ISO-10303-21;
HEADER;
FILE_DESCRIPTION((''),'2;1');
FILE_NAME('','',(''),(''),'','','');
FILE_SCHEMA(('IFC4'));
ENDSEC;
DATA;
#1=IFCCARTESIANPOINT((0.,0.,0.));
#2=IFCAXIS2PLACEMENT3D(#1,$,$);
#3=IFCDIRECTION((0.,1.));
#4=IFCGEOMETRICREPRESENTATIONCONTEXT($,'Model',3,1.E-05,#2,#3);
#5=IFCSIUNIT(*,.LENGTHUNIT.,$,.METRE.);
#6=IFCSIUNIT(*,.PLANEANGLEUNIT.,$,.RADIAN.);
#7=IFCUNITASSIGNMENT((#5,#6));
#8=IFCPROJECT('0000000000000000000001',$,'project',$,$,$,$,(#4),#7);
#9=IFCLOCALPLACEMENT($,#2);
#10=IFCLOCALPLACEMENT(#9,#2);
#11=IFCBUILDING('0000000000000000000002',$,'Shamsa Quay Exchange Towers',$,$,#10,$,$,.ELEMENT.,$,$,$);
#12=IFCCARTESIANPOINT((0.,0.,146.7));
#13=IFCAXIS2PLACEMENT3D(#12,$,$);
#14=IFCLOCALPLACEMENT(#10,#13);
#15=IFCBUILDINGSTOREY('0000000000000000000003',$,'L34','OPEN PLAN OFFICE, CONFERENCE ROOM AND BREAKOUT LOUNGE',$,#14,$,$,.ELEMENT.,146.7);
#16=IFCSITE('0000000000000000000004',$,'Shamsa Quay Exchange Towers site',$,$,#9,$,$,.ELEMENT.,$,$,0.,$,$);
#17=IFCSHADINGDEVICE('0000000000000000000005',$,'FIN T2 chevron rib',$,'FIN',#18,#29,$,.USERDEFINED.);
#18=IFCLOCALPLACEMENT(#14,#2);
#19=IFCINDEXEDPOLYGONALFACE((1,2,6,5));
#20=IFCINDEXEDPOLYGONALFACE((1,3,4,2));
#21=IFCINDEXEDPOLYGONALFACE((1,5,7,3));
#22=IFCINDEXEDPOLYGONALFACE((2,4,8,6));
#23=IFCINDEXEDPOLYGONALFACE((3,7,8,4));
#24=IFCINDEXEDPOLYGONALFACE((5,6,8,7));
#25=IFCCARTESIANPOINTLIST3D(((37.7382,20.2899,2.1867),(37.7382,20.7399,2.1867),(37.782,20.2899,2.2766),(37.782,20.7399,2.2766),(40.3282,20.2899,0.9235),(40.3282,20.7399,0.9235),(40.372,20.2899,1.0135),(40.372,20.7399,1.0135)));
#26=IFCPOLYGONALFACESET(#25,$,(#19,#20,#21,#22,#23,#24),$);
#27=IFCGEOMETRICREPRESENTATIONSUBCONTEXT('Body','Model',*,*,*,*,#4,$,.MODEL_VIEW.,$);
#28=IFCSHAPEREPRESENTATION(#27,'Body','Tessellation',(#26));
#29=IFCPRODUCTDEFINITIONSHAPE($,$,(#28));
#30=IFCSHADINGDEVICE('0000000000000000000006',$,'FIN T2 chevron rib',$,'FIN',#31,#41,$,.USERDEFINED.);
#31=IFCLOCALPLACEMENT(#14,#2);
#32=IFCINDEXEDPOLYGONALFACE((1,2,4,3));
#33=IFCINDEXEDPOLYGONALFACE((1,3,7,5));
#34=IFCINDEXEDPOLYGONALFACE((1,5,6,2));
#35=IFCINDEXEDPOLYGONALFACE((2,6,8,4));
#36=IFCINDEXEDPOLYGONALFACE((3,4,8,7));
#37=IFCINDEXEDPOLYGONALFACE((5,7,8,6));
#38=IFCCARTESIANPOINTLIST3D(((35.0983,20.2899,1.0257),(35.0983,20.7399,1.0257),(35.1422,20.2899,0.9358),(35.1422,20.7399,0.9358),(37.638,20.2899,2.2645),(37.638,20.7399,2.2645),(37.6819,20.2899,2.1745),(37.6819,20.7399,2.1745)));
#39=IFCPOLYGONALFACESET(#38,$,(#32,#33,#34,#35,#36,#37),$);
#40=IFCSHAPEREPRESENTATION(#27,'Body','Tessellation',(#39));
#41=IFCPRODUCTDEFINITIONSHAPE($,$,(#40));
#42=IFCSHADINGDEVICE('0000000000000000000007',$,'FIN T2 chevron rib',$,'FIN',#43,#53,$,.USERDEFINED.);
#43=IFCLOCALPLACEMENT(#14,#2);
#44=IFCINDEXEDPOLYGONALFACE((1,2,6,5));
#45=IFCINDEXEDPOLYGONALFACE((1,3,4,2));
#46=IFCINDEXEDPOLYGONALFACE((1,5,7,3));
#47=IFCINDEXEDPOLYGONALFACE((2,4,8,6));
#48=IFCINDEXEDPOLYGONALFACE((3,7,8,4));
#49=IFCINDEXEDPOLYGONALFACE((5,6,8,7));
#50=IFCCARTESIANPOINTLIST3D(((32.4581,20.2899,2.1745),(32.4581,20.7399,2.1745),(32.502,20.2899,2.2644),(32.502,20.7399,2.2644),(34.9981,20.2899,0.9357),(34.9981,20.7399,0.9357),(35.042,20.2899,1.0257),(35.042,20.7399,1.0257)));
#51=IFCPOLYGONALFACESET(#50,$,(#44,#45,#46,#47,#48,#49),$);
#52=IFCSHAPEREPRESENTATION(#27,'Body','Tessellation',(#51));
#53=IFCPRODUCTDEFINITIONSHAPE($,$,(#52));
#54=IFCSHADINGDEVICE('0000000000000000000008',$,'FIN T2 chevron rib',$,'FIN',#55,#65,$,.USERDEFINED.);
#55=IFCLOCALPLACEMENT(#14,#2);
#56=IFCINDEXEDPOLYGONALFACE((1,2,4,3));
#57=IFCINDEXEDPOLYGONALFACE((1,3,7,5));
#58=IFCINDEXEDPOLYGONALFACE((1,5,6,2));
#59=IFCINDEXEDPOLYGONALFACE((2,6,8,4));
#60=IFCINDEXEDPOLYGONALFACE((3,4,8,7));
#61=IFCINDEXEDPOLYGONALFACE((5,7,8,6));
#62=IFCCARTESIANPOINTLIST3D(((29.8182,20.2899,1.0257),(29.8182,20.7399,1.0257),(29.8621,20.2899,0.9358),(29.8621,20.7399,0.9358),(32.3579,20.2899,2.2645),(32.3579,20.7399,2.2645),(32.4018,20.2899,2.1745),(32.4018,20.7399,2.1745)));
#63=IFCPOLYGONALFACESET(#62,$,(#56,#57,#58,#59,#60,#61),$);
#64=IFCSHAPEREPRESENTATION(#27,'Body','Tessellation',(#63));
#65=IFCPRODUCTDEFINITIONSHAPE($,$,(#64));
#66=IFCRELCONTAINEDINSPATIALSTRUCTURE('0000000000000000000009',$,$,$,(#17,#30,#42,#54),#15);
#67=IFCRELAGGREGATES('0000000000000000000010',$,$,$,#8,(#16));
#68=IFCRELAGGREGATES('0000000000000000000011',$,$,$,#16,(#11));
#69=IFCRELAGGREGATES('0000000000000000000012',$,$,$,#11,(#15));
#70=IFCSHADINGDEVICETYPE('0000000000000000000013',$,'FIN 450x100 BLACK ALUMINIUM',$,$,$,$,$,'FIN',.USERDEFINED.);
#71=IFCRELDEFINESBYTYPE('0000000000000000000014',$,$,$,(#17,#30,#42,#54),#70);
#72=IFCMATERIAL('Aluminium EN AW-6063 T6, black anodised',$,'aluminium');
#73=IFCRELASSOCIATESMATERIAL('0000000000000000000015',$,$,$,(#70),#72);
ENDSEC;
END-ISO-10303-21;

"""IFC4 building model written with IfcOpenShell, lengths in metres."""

from ifc_helpers import new_model, si_unit, direction, frame, origin, origin_2d, place, context, subcontext, project, spatial, rectangle, extrude, material, material_profile, profile_set, type_object, element, save


model = new_model("IFC4")

# Units and contexts
model_context = context("Model", 3, precision=1e-05, world=origin(), true_north=direction((0.0, 1.0)))
body_context = subcontext(model_context, "Body", "Model", "MODEL_VIEW")
ifc_project = project(units=[si_unit("LENGTHUNIT", "METRE"), si_unit("PLANEANGLEUNIT", "RADIAN")], contexts=[model_context])

# Site, building, storey
site_placement = place(None, origin())
site = spatial("IfcSite", under=ifc_project, at=site_placement, Name="Shamsa Quay Exchange Towers site", CompositionType="ELEMENT", RefElevation=0.0)
building_placement = place(site_placement, origin())
building = spatial("IfcBuilding", under=site, at=building_placement, Name="Shamsa Quay Exchange Towers", CompositionType="ELEMENT")
storey_placement = place(building_placement, frame((0.0, 0.0, 146.7)))
storey = spatial("IfcBuildingStorey", under=building, at=storey_placement, Name="L34", Description="OPEN PLAN OFFICE, CONFERENCE ROOM AND BREAKOUT LOUNGE", CompositionType="ELEMENT", Elevation=146.7)

# Shared definitions
ifc_material_1 = material(Name="Aluminium EN AW-6063 T6, black anodised", Category="aluminium")

# Shading devices
ifc_material_profile_1 = material_profile(ifc_material_1, rectangle(XDim=0.45, YDim=0.1001, at=origin_2d()), Name="FIN450x100")
ifc_profile_set_1 = profile_set([ifc_material_profile_1], Name="Aluminium EN AW-6063 T6, black anodised")
shading_device_type = type_object("IfcShadingDeviceType", Name="FIN 450x100 BLACK ALUMINIUM", ElementType="FIN", PredefinedType="USERDEFINED", material=ifc_profile_set_1)
shading_device_1_placement = place(storey_placement, frame((40.3501, 20.5149, 0.9685), z_axis=(-0.898806, 0.0, 0.438347), x_axis=(0.0, -1.0, 0.0)))
element("IfcShadingDevice", 1, at=shading_device_1_placement, inside=storey, type_object=shading_device_type, Name="FIN T2 chevron rib", ObjectType="FIN", PredefinedType="USERDEFINED", context=body_context, shape_type="SweptSolid", body=[
    extrude(rectangle(XDim=0.45, YDim=0.1001, at=origin_2d()), origin(), (0.0, 0.0, 1.0), 2.8816),
])
shading_device_2_placement = place(storey_placement, frame((37.6599, 20.5149, 2.2195), z_axis=(-0.89879, 0.0, -0.438379), x_axis=(0.0, -1.0, 0.0)))
element("IfcShadingDevice", 2, at=shading_device_2_placement, inside=storey, type_object=shading_device_type, Name="FIN T2 chevron rib", ObjectType="FIN", PredefinedType="USERDEFINED", context=body_context, shape_type="SweptSolid", body=[
    extrude(rectangle(XDim=0.45, YDim=0.1001, at=origin_2d()), origin(), (0.0, 0.0, 1.0), 2.8257),
])
shading_device_3_placement = place(storey_placement, frame((35.02, 20.5149, 0.9807), z_axis=(-0.898807, 0.0, 0.438345), x_axis=(0.0, -1.0, 0.0)))
element("IfcShadingDevice", 3, at=shading_device_3_placement, inside=storey, type_object=shading_device_type, Name="FIN T2 chevron rib", ObjectType="FIN", PredefinedType="USERDEFINED", context=body_context, shape_type="SweptSolid", body=[
    extrude(rectangle(XDim=0.45, YDim=0.1001, at=origin_2d()), origin(), (0.0, 0.0, 1.0), 2.8259),
])
shading_device_4_placement = place(storey_placement, frame((32.3799, 20.5149, 2.2195), z_axis=(-0.89879, 0.0, -0.438379), x_axis=(0.0, -1.0, 0.0)))
element("IfcShadingDevice", 4, at=shading_device_4_placement, inside=storey, type_object=shading_device_type, Name="FIN T2 chevron rib", ObjectType="FIN", PredefinedType="USERDEFINED", context=body_context, shape_type="SweptSolid", body=[
    extrude(rectangle(XDim=0.45, YDim=0.1001, at=origin_2d()), origin(), (0.0, 0.0, 1.0), 2.8257),
])

save(model, "model.ifc")
